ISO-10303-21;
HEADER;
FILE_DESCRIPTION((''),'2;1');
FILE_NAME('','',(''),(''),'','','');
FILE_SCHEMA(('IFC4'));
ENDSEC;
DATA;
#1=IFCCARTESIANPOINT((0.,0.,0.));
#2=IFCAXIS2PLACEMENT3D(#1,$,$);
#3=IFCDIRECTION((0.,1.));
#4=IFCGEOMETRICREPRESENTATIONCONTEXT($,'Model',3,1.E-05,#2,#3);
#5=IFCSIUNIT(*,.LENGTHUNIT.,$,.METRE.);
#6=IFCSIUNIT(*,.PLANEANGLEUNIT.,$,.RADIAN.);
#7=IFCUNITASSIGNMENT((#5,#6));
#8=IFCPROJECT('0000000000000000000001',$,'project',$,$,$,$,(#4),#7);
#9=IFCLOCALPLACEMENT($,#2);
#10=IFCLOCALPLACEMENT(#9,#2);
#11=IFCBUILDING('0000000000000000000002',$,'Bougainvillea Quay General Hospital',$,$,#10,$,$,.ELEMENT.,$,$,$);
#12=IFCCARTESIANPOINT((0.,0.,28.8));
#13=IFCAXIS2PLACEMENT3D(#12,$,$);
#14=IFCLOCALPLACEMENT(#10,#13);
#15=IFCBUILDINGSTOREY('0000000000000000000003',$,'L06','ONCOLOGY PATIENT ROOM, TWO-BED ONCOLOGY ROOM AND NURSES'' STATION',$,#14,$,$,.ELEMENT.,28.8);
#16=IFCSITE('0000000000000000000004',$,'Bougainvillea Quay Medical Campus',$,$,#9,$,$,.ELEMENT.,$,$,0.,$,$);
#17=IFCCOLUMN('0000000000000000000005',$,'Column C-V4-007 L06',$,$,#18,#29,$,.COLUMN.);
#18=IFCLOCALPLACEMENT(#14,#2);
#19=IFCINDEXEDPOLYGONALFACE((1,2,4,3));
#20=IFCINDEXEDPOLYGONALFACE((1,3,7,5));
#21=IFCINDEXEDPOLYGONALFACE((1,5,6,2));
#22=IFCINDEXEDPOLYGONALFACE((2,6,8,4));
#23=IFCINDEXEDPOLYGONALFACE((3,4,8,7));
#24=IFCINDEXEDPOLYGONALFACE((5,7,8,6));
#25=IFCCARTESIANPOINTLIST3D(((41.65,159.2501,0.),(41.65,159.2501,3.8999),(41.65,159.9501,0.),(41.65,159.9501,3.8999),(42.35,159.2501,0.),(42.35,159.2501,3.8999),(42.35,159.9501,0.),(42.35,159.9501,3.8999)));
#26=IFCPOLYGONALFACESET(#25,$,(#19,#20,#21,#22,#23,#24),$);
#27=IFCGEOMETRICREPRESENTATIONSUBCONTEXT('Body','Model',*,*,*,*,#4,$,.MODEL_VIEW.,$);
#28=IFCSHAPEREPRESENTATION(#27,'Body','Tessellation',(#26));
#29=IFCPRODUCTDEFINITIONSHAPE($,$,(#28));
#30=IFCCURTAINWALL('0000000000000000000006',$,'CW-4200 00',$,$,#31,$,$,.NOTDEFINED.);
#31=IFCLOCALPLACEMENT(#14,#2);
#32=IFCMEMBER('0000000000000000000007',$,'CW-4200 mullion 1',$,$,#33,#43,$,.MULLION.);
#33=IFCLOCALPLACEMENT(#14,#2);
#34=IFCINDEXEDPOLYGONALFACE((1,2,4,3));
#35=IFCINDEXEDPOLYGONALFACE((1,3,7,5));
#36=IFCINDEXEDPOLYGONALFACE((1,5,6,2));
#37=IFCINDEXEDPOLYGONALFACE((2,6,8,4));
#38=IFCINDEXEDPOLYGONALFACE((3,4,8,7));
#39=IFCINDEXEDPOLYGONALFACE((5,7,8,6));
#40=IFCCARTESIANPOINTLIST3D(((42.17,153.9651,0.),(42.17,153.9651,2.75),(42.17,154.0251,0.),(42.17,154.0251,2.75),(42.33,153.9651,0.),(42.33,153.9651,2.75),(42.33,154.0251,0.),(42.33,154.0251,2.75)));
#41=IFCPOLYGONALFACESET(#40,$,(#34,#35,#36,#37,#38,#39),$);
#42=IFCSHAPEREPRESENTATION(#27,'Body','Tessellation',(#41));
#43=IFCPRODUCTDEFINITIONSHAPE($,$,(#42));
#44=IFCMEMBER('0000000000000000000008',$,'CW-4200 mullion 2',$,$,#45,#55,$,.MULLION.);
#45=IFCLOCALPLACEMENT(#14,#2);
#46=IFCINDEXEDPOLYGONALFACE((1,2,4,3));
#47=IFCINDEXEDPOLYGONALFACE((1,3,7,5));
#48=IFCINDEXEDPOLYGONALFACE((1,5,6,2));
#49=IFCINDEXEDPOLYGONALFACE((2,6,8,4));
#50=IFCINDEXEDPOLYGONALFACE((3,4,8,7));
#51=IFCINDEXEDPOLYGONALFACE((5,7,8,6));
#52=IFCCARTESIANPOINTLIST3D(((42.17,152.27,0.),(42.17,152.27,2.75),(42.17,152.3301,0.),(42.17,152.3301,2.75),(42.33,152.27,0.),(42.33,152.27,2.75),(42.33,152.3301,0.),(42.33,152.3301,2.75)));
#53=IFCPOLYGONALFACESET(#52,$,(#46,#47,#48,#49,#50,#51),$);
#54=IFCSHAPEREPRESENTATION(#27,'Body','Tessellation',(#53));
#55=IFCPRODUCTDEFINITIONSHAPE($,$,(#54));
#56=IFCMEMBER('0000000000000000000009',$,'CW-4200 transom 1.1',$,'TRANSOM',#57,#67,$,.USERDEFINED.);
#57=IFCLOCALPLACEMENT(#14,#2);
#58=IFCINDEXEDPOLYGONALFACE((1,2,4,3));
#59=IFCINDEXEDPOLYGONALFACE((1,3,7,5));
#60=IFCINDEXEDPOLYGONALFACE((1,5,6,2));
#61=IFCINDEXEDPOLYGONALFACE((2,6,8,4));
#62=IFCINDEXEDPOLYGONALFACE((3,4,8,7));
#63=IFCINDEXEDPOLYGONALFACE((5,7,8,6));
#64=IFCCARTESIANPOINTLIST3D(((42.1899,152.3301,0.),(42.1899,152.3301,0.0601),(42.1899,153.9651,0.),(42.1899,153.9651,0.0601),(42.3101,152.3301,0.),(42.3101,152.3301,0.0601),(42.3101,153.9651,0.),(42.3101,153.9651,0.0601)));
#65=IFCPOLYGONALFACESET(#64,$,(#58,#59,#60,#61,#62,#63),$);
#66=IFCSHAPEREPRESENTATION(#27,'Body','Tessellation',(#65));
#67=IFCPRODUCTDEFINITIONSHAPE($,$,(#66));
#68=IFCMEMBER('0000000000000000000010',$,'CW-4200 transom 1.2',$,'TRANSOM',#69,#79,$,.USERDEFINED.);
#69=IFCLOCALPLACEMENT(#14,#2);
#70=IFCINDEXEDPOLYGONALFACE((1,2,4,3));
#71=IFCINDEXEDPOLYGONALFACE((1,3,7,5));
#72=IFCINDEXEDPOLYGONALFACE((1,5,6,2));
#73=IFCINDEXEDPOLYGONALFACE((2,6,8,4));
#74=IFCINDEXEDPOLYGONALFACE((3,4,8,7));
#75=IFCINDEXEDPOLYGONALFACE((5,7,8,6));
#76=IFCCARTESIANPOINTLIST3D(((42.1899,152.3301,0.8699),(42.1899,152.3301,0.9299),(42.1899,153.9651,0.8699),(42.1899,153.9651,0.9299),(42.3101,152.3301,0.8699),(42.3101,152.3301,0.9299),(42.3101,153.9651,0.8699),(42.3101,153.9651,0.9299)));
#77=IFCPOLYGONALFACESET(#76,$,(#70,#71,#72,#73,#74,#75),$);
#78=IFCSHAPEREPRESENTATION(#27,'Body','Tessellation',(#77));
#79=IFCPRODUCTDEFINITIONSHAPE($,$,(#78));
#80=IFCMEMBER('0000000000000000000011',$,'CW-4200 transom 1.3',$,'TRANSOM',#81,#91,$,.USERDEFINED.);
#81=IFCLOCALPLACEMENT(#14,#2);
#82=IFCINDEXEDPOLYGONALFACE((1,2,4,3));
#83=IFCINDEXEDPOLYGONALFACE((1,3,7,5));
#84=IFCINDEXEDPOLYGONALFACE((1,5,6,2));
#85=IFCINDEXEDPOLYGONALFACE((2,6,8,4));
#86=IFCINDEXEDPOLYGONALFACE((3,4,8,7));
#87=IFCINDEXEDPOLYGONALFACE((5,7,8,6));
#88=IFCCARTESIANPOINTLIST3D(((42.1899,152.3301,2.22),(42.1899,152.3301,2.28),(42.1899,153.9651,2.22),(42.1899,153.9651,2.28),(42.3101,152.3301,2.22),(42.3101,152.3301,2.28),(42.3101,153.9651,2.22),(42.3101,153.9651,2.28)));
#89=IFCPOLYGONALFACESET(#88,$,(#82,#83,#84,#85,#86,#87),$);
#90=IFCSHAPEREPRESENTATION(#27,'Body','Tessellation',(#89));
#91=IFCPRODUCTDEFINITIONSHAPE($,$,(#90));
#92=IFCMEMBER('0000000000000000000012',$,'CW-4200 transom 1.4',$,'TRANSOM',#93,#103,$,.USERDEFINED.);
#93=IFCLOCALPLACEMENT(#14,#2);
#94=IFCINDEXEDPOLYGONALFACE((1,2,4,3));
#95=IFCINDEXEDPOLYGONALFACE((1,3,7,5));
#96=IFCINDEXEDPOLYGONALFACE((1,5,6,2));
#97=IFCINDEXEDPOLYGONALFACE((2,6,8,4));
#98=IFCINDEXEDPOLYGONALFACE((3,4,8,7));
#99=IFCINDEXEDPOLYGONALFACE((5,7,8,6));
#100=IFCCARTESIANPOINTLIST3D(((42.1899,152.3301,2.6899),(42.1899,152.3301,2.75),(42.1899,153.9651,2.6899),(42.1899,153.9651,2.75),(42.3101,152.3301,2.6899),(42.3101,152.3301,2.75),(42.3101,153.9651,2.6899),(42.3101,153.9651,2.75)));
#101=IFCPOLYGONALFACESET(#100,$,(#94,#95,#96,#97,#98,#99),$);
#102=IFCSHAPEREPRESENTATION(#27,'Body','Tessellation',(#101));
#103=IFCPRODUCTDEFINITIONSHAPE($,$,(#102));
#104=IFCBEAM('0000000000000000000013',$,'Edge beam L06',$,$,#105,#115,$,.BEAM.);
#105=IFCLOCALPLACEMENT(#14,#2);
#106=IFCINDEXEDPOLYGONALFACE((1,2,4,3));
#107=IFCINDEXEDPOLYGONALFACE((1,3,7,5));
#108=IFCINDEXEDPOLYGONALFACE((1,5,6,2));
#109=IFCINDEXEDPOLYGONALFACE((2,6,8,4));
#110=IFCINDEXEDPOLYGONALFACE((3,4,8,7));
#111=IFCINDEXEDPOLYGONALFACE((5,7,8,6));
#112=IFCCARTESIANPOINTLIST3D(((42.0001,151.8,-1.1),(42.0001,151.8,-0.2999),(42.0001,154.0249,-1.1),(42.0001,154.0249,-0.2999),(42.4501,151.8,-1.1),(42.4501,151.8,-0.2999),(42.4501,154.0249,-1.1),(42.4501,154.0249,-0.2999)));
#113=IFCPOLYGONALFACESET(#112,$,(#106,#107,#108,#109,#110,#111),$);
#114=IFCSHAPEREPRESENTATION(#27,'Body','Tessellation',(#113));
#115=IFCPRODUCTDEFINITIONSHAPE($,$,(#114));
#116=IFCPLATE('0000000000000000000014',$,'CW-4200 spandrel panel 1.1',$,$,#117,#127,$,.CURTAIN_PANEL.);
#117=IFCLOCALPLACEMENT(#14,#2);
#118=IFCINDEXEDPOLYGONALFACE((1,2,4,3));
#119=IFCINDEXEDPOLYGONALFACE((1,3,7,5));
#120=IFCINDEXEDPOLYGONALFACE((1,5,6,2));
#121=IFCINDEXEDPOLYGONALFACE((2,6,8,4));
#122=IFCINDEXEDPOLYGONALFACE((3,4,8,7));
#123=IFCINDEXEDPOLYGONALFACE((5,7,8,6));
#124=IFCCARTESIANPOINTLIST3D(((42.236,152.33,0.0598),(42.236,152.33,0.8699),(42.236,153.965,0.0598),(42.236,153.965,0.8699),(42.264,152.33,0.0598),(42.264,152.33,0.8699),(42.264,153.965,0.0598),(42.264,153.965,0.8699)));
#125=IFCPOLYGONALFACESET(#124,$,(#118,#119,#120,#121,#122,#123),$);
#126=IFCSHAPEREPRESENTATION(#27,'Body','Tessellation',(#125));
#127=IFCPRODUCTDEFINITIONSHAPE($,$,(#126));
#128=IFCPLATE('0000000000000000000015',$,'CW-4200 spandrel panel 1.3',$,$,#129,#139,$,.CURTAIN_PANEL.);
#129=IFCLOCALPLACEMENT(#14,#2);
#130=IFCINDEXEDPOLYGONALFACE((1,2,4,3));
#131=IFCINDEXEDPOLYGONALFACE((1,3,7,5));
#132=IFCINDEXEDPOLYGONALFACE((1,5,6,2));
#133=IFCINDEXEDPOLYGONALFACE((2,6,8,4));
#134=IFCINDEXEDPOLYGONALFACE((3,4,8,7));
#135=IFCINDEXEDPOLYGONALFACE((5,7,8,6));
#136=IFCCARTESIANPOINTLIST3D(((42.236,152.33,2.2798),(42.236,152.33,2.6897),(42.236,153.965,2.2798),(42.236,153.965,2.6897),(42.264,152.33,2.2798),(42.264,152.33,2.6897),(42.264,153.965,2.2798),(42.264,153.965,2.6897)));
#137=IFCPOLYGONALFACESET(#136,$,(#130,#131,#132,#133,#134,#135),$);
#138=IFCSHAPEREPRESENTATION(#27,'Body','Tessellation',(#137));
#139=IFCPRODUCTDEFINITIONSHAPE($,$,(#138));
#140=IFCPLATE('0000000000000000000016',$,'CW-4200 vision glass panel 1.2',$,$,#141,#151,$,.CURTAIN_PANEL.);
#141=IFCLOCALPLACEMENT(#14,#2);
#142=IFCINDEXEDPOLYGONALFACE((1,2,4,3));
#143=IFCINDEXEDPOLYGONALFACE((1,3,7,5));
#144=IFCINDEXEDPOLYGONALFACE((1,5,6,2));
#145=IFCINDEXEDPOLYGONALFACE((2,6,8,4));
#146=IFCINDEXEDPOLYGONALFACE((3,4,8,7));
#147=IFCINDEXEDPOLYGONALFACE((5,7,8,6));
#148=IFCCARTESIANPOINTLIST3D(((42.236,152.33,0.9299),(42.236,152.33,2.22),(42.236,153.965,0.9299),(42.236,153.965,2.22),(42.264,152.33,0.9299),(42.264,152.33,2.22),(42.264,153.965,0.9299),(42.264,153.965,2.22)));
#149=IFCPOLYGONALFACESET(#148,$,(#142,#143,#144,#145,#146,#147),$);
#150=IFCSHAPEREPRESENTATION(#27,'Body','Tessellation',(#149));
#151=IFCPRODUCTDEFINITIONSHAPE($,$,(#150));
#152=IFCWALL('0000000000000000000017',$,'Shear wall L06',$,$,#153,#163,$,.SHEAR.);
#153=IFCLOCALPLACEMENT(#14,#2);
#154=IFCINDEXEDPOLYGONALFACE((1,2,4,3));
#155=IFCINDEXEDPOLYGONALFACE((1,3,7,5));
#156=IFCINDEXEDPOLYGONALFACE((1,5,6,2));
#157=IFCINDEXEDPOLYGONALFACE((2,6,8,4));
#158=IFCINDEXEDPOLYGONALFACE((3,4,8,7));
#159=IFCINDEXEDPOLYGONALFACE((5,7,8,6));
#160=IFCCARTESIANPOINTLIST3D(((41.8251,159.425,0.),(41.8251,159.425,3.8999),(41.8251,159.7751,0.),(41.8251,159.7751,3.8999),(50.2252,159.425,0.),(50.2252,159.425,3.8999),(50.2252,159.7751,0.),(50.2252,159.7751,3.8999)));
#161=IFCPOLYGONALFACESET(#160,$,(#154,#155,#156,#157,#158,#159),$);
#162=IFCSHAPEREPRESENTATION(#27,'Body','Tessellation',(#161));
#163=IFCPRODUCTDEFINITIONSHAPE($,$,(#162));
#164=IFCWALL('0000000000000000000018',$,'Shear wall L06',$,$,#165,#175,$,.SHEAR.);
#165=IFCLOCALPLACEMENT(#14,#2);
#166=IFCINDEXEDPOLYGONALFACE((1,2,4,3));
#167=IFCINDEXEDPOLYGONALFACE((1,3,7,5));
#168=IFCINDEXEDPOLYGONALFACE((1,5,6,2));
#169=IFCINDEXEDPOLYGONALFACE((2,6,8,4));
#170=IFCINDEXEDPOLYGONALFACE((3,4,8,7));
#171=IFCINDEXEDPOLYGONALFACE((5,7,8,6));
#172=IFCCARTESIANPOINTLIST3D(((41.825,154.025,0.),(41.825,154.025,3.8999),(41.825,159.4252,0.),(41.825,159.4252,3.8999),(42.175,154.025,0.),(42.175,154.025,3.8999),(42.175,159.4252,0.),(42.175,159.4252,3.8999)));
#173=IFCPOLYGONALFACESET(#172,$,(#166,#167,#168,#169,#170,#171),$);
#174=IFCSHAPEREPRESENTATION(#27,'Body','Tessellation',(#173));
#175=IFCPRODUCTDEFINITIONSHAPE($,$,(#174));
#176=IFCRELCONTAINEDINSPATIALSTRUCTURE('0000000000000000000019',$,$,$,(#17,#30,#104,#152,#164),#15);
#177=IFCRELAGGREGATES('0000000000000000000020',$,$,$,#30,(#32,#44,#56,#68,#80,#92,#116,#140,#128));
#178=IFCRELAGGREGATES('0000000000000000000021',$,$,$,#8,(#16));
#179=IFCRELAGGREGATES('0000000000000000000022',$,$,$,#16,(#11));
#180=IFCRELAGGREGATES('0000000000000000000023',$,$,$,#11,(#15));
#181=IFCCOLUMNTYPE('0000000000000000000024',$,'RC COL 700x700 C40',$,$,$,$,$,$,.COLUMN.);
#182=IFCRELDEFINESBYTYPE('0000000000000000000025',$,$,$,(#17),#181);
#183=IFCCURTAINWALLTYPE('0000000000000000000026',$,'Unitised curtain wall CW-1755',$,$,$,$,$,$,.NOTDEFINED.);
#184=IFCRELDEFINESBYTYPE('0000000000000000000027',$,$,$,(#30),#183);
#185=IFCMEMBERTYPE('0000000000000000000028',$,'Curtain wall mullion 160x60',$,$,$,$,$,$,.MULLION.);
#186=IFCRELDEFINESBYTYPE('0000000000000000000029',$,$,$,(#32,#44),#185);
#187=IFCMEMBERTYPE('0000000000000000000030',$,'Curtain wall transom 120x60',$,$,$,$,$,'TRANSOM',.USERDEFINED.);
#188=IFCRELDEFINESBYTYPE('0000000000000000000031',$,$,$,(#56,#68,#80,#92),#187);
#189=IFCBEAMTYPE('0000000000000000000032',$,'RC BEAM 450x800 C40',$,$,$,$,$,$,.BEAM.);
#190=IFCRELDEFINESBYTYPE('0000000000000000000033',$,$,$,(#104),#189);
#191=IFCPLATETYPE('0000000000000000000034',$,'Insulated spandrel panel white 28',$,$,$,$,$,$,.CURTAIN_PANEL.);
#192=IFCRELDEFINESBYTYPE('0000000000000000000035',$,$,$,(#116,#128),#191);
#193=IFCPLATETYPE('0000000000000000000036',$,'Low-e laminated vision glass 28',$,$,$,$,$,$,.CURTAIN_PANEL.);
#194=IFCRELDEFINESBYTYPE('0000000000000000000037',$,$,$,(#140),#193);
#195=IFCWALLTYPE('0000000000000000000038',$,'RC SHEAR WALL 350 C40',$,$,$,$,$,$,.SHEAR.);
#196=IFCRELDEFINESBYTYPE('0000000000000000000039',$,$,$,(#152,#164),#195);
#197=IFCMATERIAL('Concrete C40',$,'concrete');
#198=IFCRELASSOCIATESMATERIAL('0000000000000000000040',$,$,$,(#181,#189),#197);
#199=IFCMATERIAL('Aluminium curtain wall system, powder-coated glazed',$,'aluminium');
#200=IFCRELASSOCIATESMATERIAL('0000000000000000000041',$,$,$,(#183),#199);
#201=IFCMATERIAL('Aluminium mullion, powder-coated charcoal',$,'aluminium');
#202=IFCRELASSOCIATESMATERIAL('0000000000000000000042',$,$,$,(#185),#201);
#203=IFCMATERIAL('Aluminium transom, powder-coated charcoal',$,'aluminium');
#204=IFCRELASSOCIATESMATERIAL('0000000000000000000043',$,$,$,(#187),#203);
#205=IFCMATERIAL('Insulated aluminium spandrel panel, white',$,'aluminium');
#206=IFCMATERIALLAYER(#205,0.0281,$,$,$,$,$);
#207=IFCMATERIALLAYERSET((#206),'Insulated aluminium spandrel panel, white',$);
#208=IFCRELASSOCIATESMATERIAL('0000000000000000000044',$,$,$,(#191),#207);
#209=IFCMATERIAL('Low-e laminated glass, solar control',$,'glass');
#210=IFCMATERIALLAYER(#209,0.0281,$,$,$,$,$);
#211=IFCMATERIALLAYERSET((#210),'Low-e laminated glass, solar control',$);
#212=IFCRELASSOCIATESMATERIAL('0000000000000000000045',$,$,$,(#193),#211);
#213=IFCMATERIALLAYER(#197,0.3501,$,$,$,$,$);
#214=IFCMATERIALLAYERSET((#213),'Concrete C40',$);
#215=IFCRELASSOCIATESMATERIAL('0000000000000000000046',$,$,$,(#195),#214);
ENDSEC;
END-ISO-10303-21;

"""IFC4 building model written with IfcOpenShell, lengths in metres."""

from ifc_helpers import new_model, si_unit, direction, frame, frame_2d, origin, origin_2d, place, context, subcontext, project, spatial, rectangle, extrude, material, layer, layer_set, material_profile, profile_set, type_object, element, aggregate, save


model = new_model("IFC4")

# Units and contexts
model_context = context("Model", 3, precision=1e-05, world=origin(), true_north=direction((0.0, 1.0)))
body_context = subcontext(model_context, "Body", "Model", "MODEL_VIEW")
ifc_project = project(units=[si_unit("LENGTHUNIT", "METRE"), si_unit("PLANEANGLEUNIT", "RADIAN")], contexts=[model_context])

# Site, building, storey
site_placement = place(None, origin())
site = spatial("IfcSite", under=ifc_project, at=site_placement, Name="Bougainvillea Quay Medical Campus", CompositionType="ELEMENT", RefElevation=0.0)
building_placement = place(site_placement, origin())
building = spatial("IfcBuilding", under=site, at=building_placement, Name="Bougainvillea Quay General Hospital", CompositionType="ELEMENT")
storey_placement = place(building_placement, frame((0.0, 0.0, 28.8)))
storey = spatial("IfcBuildingStorey", under=building, at=storey_placement, Name="L06", Description="ONCOLOGY PATIENT ROOM, TWO-BED ONCOLOGY ROOM AND NURSES' STATION", CompositionType="ELEMENT", Elevation=28.8)

# Column
ifc_material_1 = material(Name="Concrete C40", Category="concrete")
ifc_material_profile_1 = material_profile(ifc_material_1, rectangle(XDim=0.7, YDim=0.7, at=origin_2d()))
ifc_profile_set_1 = profile_set([ifc_material_profile_1], Name="Concrete C40")
column_type = type_object("IfcColumnType", Name="RC COL 700x700 C40", PredefinedType="COLUMN", material=ifc_profile_set_1)
column_placement = place(storey_placement, frame((42.0, 159.6001, 0.0), z_axis=(0.0, 0.0, 1.0), x_axis=(1.0, 0.0, 0.0)))
element("IfcColumn", 1, at=column_placement, inside=storey, type_object=column_type, Name="Column C-V4-007 L06", PredefinedType="COLUMN", context=body_context, shape_type="SweptSolid", body=[
    extrude(rectangle(XDim=0.7, YDim=0.7, at=origin_2d()), origin(), (0.0, 0.0, 1.0), 3.8999),
])

# Curtain wall, members
ifc_material_2 = material(Name="Aluminium curtain wall system, powder-coated glazed", Category="aluminium")
curtain_wall_type = type_object("IfcCurtainWallType", Name="Unitised curtain wall CW-1755", PredefinedType="NOTDEFINED", material=ifc_material_2)
curtain_wall_placement = place(storey_placement, origin())
curtain_wall = element("IfcCurtainWall", 2, at=curtain_wall_placement, inside=storey, type_object=curtain_wall_type, Name="CW-4200 00", PredefinedType="NOTDEFINED")
ifc_material_3 = material(Name="Aluminium mullion, powder-coated charcoal", Category="aluminium")
ifc_material_profile_2 = material_profile(ifc_material_3, rectangle(XDim=0.1599, YDim=0.0601, at=origin_2d()))
ifc_profile_set_2 = profile_set([ifc_material_profile_2], Name="Aluminium mullion, powder-coated charcoal")
member_type_1 = type_object("IfcMemberType", Name="Curtain wall mullion 160x60", PredefinedType="MULLION", material=ifc_profile_set_2)
member_1_placement = place(storey_placement, frame((42.25, 153.9951, 0.0), z_axis=(0.0, 0.0, 1.0), x_axis=(1.0, 0.0, 0.0)))
member_1 = element("IfcMember", 3, at=member_1_placement, type_object=member_type_1, Name="CW-4200 mullion 1", PredefinedType="MULLION", context=body_context, shape_type="SweptSolid", body=[
    extrude(rectangle(XDim=0.1599, YDim=0.0601, at=origin_2d()), origin(), (0.0, 0.0, 1.0), 2.75),
])
member_2_placement = place(storey_placement, frame((42.25, 152.3, 0.0), z_axis=(0.0, 0.0, 1.0), x_axis=(1.0, 0.0, 0.0)))
member_2 = element("IfcMember", 4, at=member_2_placement, type_object=member_type_1, Name="CW-4200 mullion 2", PredefinedType="MULLION", context=body_context, shape_type="SweptSolid", body=[
    extrude(rectangle(XDim=0.1599, YDim=0.0601, at=origin_2d()), origin(), (0.0, 0.0, 1.0), 2.75),
])
ifc_material_4 = material(Name="Aluminium transom, powder-coated charcoal", Category="aluminium")
ifc_material_profile_3 = material_profile(ifc_material_4, rectangle(XDim=0.1201, YDim=0.0601, at=origin_2d()))
ifc_profile_set_3 = profile_set([ifc_material_profile_3], Name="Aluminium transom, powder-coated charcoal")
member_type_2 = type_object("IfcMemberType", Name="Curtain wall transom 120x60", ElementType="TRANSOM", PredefinedType="USERDEFINED", material=ifc_profile_set_3)
member_3_placement = place(storey_placement, frame((42.25, 153.9651, 0.03), z_axis=(0.0, -1.0, 0.0), x_axis=(1.0, 0.0, 0.0)))
member_3 = element("IfcMember", 5, at=member_3_placement, type_object=member_type_2, Name="CW-4200 transom 1.1", ObjectType="TRANSOM", PredefinedType="USERDEFINED", context=body_context, shape_type="SweptSolid", body=[
    extrude(rectangle(XDim=0.1201, YDim=0.0601, at=origin_2d()), origin(), (0.0, 0.0, 1.0), 1.635),
])
member_4_placement = place(storey_placement, frame((42.25, 153.9651, 0.8999), z_axis=(0.0, -1.0, 0.0), x_axis=(1.0, 0.0, 0.0)))
member_4 = element("IfcMember", 6, at=member_4_placement, type_object=member_type_2, Name="CW-4200 transom 1.2", ObjectType="TRANSOM", PredefinedType="USERDEFINED", context=body_context, shape_type="SweptSolid", body=[
    extrude(rectangle(XDim=0.1201, YDim=0.0601, at=origin_2d()), origin(), (0.0, 0.0, 1.0), 1.635),
])
member_5_placement = place(storey_placement, frame((42.25, 153.9651, 2.25), z_axis=(0.0, -1.0, 0.0), x_axis=(1.0, 0.0, 0.0)))
member_5 = element("IfcMember", 7, at=member_5_placement, type_object=member_type_2, Name="CW-4200 transom 1.3", ObjectType="TRANSOM", PredefinedType="USERDEFINED", context=body_context, shape_type="SweptSolid", body=[
    extrude(rectangle(XDim=0.1201, YDim=0.0601, at=origin_2d()), origin(), (0.0, 0.0, 1.0), 1.635),
])
member_6_placement = place(storey_placement, frame((42.25, 153.9651, 2.72), z_axis=(0.0, -1.0, 0.0), x_axis=(1.0, 0.0, 0.0)))
member_6 = element("IfcMember", 8, at=member_6_placement, type_object=member_type_2, Name="CW-4200 transom 1.4", ObjectType="TRANSOM", PredefinedType="USERDEFINED", context=body_context, shape_type="SweptSolid", body=[
    extrude(rectangle(XDim=0.1201, YDim=0.0601, at=origin_2d()), origin(), (0.0, 0.0, 1.0), 1.635),
])

# Beam
ifc_material_profile_4 = material_profile(ifc_material_1, rectangle(XDim=0.45, YDim=0.8, at=origin_2d()))
ifc_profile_set_4 = profile_set([ifc_material_profile_4], Name="Concrete C40")
beam_type = type_object("IfcBeamType", Name="RC BEAM 450x800 C40", PredefinedType="BEAM", material=ifc_profile_set_4)
beam_placement = place(storey_placement, frame((42.2251, 154.0249, -0.7), z_axis=(0.0, -1.0, 0.0), x_axis=(1.0, 0.0, 0.0)))
element("IfcBeam", 9, at=beam_placement, inside=storey, type_object=beam_type, Name="Edge beam L06", PredefinedType="BEAM", context=body_context, shape_type="SweptSolid", body=[
    extrude(rectangle(XDim=0.45, YDim=0.8, at=origin_2d()), origin(), (0.0, 0.0, 1.0), 2.2249),
])

# Plates
ifc_material_5 = material(Name="Insulated aluminium spandrel panel, white", Category="aluminium")
ifc_layer_1 = layer(ifc_material_5, 0.0281)
ifc_layer_set_1 = layer_set([ifc_layer_1], Name="Insulated aluminium spandrel panel, white")
plate_type_1 = type_object("IfcPlateType", Name="Insulated spandrel panel white 28", PredefinedType="CURTAIN_PANEL", material=ifc_layer_set_1)
plate_1_placement = place(storey_placement, frame((42.25, 153.1475, 0.0598), z_axis=(0.0, 0.0, 1.0), x_axis=(0.0, -1.0, 0.0)))
plate_1 = element("IfcPlate", 10, at=plate_1_placement, type_object=plate_type_1, Name="CW-4200 spandrel panel 1.1", PredefinedType="CURTAIN_PANEL", context=body_context, shape_type="SweptSolid", body=[
    extrude(rectangle(XDim=1.635, YDim=0.0281, at=origin_2d()), origin(), (0.0, 0.0, 1.0), 0.8101),
])
plate_2_placement = place(storey_placement, frame((42.25, 153.1475, 2.2798), z_axis=(0.0, 0.0, 1.0), x_axis=(0.0, -1.0, 0.0)))
plate_2 = element("IfcPlate", 11, at=plate_2_placement, type_object=plate_type_1, Name="CW-4200 spandrel panel 1.3", PredefinedType="CURTAIN_PANEL", context=body_context, shape_type="SweptSolid", body=[
    extrude(rectangle(XDim=1.635, YDim=0.0281, at=origin_2d()), origin(), (0.0, 0.0, 1.0), 0.4099),
])
ifc_material_6 = material(Name="Low-e laminated glass, solar control", Category="glass")
ifc_layer_2 = layer(ifc_material_6, 0.0281)
ifc_layer_set_2 = layer_set([ifc_layer_2], Name="Low-e laminated glass, solar control")
plate_type_2 = type_object("IfcPlateType", Name="Low-e laminated vision glass 28", PredefinedType="CURTAIN_PANEL", material=ifc_layer_set_2)
plate_3_placement = place(storey_placement, frame((42.25, 153.1475, 0.9299), z_axis=(0.0, 0.0, 1.0), x_axis=(0.0, -1.0, 0.0)))
plate_3 = element("IfcPlate", 12, at=plate_3_placement, type_object=plate_type_2, Name="CW-4200 vision glass panel 1.2", PredefinedType="CURTAIN_PANEL", context=body_context, shape_type="SweptSolid", body=[
    extrude(rectangle(XDim=1.635, YDim=0.0281, at=origin_2d()), origin(), (0.0, 0.0, 1.0), 1.29),
])
aggregate(curtain_wall, [member_1, member_2, member_3, member_4, member_5, member_6, plate_1, plate_3, plate_2])

# Walls
ifc_layer_3 = layer(ifc_material_1, 0.3501)
ifc_layer_set_3 = layer_set([ifc_layer_3], Name="Concrete C40")
wall_type = type_object("IfcWallType", Name="RC SHEAR WALL 350 C40", PredefinedType="SHEAR", material=ifc_layer_set_3)
wall_1_placement = place(storey_placement, frame((41.825, 159.6001, 0.0), z_axis=(0.0, 0.0, 1.0), x_axis=(1.0, 0.0, 0.0)))
element("IfcWall", 13, at=wall_1_placement, inside=storey, type_object=wall_type, Name="Shear wall L06", PredefinedType="SHEAR", context=body_context, shape_type="SweptSolid", body=[
    extrude(rectangle(XDim=8.4001, YDim=0.3501, at=frame_2d((4.2002, 0.0))), origin(), (0.0, 0.0, 1.0), 3.8999),
])
wall_2_placement = place(storey_placement, frame((42.0, 154.0249, 0.0), z_axis=(0.0, 0.0, 1.0), x_axis=(0.0, 1.0, 0.0)))
element("IfcWall", 14, at=wall_2_placement, inside=storey, type_object=wall_type, Name="Shear wall L06", PredefinedType="SHEAR", context=body_context, shape_type="SweptSolid", body=[
    extrude(rectangle(XDim=5.4001, YDim=0.3501, at=frame_2d((2.7002, 0.0))), origin(), (0.0, 0.0, 1.0), 3.8999),
])

save(model, "model.ifc")
